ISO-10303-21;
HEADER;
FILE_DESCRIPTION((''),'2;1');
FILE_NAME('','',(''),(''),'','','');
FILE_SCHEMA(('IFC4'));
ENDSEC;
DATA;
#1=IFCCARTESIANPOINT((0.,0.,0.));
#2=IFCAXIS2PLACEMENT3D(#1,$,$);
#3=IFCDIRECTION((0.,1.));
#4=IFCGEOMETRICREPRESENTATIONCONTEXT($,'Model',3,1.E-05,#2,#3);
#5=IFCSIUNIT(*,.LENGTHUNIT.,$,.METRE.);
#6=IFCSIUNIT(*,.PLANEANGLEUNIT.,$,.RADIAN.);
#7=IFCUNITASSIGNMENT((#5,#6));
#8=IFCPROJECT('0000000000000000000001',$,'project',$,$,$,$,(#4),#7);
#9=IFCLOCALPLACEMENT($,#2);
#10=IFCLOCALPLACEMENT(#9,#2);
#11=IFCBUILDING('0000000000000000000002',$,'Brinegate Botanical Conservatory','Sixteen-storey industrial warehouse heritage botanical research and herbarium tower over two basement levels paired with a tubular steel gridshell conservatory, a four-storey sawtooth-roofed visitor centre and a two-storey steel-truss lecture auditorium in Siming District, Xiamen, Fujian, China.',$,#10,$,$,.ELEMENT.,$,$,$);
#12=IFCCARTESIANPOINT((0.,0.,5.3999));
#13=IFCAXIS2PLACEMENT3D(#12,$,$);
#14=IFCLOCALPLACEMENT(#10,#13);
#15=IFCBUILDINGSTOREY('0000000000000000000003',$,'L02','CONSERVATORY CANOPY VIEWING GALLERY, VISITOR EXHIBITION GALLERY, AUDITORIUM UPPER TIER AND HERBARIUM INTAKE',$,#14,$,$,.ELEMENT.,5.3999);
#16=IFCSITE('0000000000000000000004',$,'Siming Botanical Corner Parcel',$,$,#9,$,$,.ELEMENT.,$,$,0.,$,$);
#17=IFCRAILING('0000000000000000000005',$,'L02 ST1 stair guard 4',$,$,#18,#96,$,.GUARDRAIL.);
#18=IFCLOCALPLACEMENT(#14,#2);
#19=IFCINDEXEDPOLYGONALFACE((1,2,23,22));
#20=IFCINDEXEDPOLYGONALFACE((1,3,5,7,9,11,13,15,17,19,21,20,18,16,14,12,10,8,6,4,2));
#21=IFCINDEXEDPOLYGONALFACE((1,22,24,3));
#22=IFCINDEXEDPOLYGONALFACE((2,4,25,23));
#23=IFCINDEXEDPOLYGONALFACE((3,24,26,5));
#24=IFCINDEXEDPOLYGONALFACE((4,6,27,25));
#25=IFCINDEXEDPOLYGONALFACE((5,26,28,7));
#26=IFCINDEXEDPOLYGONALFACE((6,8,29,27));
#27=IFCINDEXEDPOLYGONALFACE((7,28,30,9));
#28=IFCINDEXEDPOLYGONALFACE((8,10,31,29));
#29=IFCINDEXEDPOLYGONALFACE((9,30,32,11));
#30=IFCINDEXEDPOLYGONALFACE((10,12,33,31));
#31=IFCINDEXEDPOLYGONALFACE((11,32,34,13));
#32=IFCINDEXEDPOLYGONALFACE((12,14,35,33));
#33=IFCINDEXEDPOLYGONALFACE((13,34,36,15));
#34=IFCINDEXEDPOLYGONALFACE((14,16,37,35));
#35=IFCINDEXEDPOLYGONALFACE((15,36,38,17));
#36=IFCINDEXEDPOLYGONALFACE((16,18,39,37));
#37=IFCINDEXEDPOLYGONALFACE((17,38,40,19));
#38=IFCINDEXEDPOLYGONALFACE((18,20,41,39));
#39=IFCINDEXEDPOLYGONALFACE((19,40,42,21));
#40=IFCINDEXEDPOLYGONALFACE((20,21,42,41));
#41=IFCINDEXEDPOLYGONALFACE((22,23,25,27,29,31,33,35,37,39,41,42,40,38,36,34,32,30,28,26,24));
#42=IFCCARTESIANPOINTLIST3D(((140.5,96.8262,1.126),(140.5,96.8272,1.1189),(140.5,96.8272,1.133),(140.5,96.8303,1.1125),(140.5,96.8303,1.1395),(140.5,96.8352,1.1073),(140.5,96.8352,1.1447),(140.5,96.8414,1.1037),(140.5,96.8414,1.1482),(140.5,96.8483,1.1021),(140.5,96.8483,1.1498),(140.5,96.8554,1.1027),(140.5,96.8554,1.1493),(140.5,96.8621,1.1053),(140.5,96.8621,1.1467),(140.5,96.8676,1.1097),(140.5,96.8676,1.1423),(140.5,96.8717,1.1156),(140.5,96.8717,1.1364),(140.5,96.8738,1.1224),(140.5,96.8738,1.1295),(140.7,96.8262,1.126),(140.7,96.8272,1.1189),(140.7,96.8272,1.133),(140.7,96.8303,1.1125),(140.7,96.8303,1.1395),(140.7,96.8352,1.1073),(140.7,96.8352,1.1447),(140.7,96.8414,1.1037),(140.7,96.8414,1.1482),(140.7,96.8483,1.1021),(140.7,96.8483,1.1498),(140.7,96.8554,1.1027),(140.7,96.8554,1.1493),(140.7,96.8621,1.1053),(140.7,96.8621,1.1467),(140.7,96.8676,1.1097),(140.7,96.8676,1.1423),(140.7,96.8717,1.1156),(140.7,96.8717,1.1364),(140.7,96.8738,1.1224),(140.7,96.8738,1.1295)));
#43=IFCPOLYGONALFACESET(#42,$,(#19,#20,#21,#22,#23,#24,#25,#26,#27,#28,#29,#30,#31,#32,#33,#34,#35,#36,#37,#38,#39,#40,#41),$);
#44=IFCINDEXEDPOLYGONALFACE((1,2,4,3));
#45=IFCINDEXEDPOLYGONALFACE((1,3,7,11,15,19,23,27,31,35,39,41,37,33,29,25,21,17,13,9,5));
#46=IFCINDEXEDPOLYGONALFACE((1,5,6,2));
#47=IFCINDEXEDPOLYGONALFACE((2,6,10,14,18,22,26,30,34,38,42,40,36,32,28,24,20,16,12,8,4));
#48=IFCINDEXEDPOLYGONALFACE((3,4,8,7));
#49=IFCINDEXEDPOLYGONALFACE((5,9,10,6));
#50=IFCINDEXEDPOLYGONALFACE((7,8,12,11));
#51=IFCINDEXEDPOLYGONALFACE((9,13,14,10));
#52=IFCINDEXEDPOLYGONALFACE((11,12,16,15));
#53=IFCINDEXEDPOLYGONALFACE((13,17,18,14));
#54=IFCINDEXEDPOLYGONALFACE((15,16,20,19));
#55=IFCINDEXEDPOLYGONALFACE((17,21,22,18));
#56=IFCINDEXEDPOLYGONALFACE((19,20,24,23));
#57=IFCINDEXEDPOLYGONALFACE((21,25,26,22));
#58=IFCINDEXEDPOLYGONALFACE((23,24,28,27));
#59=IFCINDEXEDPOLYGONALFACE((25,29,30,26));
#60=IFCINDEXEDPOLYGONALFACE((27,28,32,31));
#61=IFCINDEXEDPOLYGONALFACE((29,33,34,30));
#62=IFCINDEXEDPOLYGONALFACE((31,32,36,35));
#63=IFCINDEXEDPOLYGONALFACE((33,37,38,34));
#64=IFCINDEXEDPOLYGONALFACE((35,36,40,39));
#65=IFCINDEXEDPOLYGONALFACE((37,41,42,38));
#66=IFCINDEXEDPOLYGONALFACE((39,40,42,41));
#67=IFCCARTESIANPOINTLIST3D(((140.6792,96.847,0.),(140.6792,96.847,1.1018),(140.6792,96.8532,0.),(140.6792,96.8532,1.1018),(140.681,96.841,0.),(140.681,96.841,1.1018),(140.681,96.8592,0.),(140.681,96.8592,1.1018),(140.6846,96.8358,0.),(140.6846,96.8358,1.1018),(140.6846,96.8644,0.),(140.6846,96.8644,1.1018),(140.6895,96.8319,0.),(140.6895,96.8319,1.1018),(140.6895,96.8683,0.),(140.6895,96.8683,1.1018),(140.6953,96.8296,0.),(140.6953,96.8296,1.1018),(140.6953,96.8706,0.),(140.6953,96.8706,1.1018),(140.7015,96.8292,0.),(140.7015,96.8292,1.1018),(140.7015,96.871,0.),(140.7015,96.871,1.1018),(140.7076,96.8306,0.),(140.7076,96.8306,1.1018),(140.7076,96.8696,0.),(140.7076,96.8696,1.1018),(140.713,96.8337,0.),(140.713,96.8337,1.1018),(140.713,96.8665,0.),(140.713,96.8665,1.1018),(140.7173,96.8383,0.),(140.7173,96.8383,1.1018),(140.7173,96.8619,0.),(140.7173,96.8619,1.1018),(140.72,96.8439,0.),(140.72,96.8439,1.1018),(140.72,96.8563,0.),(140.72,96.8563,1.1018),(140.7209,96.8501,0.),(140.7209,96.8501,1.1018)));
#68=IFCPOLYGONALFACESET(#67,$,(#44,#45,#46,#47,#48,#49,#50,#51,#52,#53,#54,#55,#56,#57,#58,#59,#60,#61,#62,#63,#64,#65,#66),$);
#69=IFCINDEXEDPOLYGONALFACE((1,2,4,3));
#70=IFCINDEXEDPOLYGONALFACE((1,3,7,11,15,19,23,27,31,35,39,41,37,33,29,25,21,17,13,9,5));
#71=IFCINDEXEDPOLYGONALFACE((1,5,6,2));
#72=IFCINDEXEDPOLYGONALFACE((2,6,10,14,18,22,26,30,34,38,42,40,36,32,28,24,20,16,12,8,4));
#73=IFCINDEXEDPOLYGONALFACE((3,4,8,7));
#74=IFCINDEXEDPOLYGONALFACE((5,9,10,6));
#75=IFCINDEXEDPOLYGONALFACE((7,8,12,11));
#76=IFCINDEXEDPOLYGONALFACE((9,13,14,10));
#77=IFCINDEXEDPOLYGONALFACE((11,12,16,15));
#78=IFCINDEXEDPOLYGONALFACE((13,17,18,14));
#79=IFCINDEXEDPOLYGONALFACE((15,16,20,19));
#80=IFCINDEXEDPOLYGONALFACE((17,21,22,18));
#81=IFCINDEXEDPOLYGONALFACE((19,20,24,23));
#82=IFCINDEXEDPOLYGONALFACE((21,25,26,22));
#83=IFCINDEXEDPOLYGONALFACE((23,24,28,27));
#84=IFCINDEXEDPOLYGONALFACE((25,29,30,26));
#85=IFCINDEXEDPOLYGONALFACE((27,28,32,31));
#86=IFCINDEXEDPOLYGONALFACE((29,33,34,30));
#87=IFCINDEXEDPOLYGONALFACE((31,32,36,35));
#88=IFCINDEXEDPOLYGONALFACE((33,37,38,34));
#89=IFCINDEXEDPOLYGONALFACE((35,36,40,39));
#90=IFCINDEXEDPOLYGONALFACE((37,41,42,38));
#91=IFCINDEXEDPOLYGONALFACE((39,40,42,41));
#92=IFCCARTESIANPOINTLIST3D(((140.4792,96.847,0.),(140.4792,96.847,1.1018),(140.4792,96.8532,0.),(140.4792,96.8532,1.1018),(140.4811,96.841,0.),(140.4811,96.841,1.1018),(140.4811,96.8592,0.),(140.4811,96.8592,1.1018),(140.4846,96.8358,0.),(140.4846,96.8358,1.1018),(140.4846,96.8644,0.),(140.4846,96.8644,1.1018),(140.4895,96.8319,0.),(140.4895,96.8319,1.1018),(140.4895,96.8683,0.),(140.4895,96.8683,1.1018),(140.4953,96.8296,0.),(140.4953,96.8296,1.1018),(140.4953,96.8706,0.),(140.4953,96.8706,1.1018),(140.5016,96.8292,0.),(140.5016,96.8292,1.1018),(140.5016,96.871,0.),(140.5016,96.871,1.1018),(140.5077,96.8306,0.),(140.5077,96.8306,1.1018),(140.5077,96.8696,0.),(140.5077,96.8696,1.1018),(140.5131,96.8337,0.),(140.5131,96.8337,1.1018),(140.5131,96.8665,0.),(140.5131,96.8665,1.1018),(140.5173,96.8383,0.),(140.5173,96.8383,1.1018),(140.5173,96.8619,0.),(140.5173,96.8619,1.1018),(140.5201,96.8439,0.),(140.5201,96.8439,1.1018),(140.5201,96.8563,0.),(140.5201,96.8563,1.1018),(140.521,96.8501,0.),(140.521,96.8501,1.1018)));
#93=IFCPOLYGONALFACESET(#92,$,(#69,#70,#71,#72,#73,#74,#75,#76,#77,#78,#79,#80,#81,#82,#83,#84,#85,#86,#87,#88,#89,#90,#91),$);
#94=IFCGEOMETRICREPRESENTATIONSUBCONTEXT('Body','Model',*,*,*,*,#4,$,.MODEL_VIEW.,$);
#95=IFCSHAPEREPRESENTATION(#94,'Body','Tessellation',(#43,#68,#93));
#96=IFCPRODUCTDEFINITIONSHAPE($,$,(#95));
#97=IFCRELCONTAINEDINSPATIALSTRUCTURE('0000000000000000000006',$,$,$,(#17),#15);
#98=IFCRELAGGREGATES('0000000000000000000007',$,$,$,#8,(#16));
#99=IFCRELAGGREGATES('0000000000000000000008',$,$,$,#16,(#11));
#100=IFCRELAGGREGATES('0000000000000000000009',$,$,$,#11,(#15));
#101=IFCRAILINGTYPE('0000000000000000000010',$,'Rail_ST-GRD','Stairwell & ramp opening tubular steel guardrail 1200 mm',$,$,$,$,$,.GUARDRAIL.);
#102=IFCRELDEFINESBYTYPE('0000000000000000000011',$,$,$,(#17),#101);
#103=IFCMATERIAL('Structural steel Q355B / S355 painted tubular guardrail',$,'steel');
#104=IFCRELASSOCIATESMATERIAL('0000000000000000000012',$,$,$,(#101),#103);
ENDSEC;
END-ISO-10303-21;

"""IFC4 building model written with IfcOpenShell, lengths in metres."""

from ifc_helpers import new_model, si_unit, direction, frame, origin, origin_2d, place, context, subcontext, project, spatial, circle, extrude, material, type_object, element, save


model = new_model("IFC4")

# Units and contexts
model_context = context("Model", 3, precision=1e-05, world=origin(), true_north=direction((0.0, 1.0)))
body_context = subcontext(model_context, "Body", "Model", "MODEL_VIEW")
ifc_project = project(units=[si_unit("LENGTHUNIT", "METRE"), si_unit("PLANEANGLEUNIT", "RADIAN")], contexts=[model_context])

# Site, building, storey
site_placement = place(None, origin())
site = spatial("IfcSite", under=ifc_project, at=site_placement, Name="Siming Botanical Corner Parcel", CompositionType="ELEMENT", RefElevation=0.0)
building_placement = place(site_placement, origin())
building = spatial("IfcBuilding", under=site, at=building_placement, Name="Brinegate Botanical Conservatory", Description="Sixteen-storey industrial warehouse heritage botanical research and herbarium tower over two basement levels paired with a tubular steel gridshell conservatory, a four-storey sawtooth-roofed visitor centre and a two-storey steel-truss lecture auditorium in Siming District, Xiamen, Fujian, China.", CompositionType="ELEMENT")
storey_placement = place(building_placement, frame((0.0, 0.0, 5.3999)))
storey = spatial("IfcBuildingStorey", under=building, at=storey_placement, Name="L02", Description="CONSERVATORY CANOPY VIEWING GALLERY, VISITOR EXHIBITION GALLERY, AUDITORIUM UPPER TIER AND HERBARIUM INTAKE", CompositionType="ELEMENT", Elevation=5.3999)

# Railing
ifc_material_1 = material(Name="Structural steel Q355B / S355 painted tubular guardrail", Category="steel")
railing_type_1 = type_object("IfcRailingType", Name="Rail_ST-GRD", Description="Stairwell & ramp opening tubular steel guardrail 1200 mm", PredefinedType="GUARDRAIL", material=ifc_material_1)
railing_1_placement = place(storey_placement, frame((140.7, 96.8501, 0.0)))
element("IfcRailing", 1, at=railing_1_placement, inside=storey, type_object=railing_type_1, Name="L02 ST1 stair guard 4", PredefinedType="GUARDRAIL", context=body_context, shape_type="SweptSolid", body=[
    extrude(circle(Radius=0.0239, at=origin_2d()), frame((0.0, 0.0, 1.126), z_axis=(-1.0, 0.0, 0.0), x_axis=(0.0, -1.0, 0.0)), (0.0, 0.0, 1.0), 0.2),
    extrude(circle(Radius=0.021, at=origin_2d()), origin(), (0.0, 0.0, 1.0), 1.1018),
    extrude(circle(Radius=0.021, at=origin_2d()), frame((-0.2, 0.0, 0.0)), (0.0, 0.0, 1.0), 1.1018),
])

save(model, "model.ifc")
